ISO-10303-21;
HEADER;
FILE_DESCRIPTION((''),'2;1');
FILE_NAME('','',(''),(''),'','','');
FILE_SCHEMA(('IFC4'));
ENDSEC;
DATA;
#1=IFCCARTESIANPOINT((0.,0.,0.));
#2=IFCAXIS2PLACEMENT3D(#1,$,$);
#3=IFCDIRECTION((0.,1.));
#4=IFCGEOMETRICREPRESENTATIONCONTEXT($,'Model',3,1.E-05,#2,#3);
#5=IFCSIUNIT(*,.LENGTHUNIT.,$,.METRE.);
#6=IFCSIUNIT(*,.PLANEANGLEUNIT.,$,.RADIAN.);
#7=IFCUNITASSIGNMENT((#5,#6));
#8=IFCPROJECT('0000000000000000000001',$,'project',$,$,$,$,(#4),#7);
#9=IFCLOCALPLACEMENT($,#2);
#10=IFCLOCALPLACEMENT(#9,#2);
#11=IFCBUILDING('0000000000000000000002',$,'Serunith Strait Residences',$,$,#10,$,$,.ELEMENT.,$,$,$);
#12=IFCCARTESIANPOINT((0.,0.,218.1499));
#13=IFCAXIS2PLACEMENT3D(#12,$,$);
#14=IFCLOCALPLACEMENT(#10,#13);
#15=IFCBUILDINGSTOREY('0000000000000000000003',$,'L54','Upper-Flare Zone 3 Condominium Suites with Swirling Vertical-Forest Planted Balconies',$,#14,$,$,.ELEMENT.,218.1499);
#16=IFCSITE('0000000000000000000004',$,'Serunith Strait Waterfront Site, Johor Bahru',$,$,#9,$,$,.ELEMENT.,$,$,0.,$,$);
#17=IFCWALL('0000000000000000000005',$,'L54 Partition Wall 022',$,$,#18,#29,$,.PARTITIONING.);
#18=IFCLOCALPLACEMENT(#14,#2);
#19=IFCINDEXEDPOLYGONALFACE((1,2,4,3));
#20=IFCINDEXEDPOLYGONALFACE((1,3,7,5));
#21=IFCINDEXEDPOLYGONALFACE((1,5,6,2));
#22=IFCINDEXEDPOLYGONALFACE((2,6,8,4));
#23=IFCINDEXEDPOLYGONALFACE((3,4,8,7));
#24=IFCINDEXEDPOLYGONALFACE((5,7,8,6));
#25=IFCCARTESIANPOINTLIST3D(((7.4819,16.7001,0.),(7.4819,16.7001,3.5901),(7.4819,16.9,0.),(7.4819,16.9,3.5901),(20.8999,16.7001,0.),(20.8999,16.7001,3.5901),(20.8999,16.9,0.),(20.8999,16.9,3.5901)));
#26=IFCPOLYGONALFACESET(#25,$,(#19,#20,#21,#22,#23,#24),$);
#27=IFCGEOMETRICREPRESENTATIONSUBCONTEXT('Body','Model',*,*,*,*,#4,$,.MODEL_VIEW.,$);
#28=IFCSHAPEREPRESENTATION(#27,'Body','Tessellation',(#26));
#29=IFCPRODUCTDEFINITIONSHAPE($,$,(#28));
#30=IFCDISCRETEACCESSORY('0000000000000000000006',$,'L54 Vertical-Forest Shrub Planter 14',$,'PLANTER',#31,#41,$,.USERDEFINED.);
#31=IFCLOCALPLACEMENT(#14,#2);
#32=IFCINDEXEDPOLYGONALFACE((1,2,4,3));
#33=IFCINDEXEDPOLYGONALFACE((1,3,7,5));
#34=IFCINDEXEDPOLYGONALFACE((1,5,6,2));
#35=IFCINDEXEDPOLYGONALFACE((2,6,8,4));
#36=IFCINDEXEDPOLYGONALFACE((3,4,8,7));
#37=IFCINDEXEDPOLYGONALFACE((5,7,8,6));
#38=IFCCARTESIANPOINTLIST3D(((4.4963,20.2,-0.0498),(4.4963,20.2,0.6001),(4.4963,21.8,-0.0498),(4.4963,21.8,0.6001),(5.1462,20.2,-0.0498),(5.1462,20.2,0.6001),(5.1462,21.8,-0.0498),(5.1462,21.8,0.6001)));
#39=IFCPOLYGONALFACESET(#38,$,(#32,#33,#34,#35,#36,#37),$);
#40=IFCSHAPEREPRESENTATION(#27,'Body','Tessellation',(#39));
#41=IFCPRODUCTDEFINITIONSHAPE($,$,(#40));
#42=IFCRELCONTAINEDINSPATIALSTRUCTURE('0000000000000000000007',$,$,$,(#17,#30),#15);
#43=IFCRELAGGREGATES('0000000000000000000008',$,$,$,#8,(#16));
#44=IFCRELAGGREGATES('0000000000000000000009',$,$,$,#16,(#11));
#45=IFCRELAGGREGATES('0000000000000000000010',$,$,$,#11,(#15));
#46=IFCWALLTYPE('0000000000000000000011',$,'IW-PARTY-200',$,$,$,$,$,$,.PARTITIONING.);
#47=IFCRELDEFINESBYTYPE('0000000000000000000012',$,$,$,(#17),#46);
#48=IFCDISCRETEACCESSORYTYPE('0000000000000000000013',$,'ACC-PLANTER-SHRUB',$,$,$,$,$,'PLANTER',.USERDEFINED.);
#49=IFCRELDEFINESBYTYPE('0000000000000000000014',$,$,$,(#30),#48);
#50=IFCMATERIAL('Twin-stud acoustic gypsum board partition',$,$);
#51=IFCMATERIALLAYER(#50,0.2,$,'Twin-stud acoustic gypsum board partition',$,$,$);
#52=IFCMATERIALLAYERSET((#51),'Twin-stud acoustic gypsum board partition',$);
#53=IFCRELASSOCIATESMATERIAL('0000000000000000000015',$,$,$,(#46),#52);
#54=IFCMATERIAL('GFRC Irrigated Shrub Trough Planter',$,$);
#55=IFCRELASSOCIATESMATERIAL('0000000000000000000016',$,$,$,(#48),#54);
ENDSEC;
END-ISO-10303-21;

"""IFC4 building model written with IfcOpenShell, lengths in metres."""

from ifc_helpers import new_model, si_unit, direction, frame, frame_2d, origin, origin_2d, place, context, subcontext, project, spatial, rectangle, extrude, source, transform, mapped, material, layer, layer_set, type_object, element, save


model = new_model("IFC4")

# Units and contexts
model_context = context("Model", 3, precision=1e-05, world=origin(), true_north=direction((0.0, 1.0)))
body_context = subcontext(model_context, "Body", "Model", "MODEL_VIEW")
ifc_project = project(units=[si_unit("LENGTHUNIT", "METRE"), si_unit("PLANEANGLEUNIT", "RADIAN")], contexts=[model_context])

# Site, building, storey
site_placement = place(None, origin())
site = spatial("IfcSite", under=ifc_project, at=site_placement, Name="Serunith Strait Waterfront Site, Johor Bahru", CompositionType="ELEMENT", RefElevation=0.0)
building_placement = place(site_placement, origin())
building = spatial("IfcBuilding", under=site, at=building_placement, Name="Serunith Strait Residences", CompositionType="ELEMENT")
storey_placement = place(building_placement, frame((0.0, 0.0, 218.1499)))
storey = spatial("IfcBuildingStorey", under=building, at=storey_placement, Name="L54", Description="Upper-Flare Zone 3 Condominium Suites with Swirling Vertical-Forest Planted Balconies", CompositionType="ELEMENT", Elevation=218.1499)

# Wall
ifc_material_1 = material(Name="Twin-stud acoustic gypsum board partition")
ifc_layer_1 = layer(ifc_material_1, 0.2, Name="Twin-stud acoustic gypsum board partition")
ifc_layer_set_1 = layer_set([ifc_layer_1], Name="Twin-stud acoustic gypsum board partition")
wall_type_1 = type_object("IfcWallType", Name="IW-PARTY-200", PredefinedType="PARTITIONING", material=ifc_layer_set_1)
wall_1_placement = place(storey_placement, frame((7.4819, 16.8, 0.0), z_axis=(0.0, 0.0, 1.0), x_axis=(1.0, 0.0, 0.0)))
element("IfcWall", 1, at=wall_1_placement, inside=storey, type_object=wall_type_1, Name="L54 Partition Wall 022", PredefinedType="PARTITIONING", context=body_context, shape_type="SweptSolid", body=[
    extrude(rectangle(XDim=13.418, YDim=0.2, at=frame_2d((6.709, 0.0))), origin(), (0.0, 0.0, 1.0), 3.5901),
])

# Discrete accessory
ifc_material_2 = material(Name="GFRC Irrigated Shrub Trough Planter")
discrete_accessory_type = type_object("IfcDiscreteAccessoryType", Name="ACC-PLANTER-SHRUB", ElementType="PLANTER", PredefinedType="USERDEFINED", material=ifc_material_2)
shared_shape_1 = source(origin(), body_context, "Body", "SweptSolid", [
    extrude(rectangle(XDim=1.6001, YDim=0.6499, at=origin_2d()), origin(), (0.0, 0.0, 1.0), 0.6499),
])
discrete_accessory_placement = place(storey_placement, frame((4.8213, 21.0, -0.0498), z_axis=(0.0, 0.0, 1.0), x_axis=(0.0, -1.0, 0.0)))
element("IfcDiscreteAccessory", 2, at=discrete_accessory_placement, inside=storey, type_object=discrete_accessory_type, Name="L54 Vertical-Forest Shrub Planter 14", ObjectType="PLANTER", PredefinedType="USERDEFINED", context=body_context, shape_type="MappedRepresentation", body=[
    mapped(shared_shape_1, transform((0.0, 0.0, 0.0), scale=1.0)),
])

save(model, "model.ifc")
